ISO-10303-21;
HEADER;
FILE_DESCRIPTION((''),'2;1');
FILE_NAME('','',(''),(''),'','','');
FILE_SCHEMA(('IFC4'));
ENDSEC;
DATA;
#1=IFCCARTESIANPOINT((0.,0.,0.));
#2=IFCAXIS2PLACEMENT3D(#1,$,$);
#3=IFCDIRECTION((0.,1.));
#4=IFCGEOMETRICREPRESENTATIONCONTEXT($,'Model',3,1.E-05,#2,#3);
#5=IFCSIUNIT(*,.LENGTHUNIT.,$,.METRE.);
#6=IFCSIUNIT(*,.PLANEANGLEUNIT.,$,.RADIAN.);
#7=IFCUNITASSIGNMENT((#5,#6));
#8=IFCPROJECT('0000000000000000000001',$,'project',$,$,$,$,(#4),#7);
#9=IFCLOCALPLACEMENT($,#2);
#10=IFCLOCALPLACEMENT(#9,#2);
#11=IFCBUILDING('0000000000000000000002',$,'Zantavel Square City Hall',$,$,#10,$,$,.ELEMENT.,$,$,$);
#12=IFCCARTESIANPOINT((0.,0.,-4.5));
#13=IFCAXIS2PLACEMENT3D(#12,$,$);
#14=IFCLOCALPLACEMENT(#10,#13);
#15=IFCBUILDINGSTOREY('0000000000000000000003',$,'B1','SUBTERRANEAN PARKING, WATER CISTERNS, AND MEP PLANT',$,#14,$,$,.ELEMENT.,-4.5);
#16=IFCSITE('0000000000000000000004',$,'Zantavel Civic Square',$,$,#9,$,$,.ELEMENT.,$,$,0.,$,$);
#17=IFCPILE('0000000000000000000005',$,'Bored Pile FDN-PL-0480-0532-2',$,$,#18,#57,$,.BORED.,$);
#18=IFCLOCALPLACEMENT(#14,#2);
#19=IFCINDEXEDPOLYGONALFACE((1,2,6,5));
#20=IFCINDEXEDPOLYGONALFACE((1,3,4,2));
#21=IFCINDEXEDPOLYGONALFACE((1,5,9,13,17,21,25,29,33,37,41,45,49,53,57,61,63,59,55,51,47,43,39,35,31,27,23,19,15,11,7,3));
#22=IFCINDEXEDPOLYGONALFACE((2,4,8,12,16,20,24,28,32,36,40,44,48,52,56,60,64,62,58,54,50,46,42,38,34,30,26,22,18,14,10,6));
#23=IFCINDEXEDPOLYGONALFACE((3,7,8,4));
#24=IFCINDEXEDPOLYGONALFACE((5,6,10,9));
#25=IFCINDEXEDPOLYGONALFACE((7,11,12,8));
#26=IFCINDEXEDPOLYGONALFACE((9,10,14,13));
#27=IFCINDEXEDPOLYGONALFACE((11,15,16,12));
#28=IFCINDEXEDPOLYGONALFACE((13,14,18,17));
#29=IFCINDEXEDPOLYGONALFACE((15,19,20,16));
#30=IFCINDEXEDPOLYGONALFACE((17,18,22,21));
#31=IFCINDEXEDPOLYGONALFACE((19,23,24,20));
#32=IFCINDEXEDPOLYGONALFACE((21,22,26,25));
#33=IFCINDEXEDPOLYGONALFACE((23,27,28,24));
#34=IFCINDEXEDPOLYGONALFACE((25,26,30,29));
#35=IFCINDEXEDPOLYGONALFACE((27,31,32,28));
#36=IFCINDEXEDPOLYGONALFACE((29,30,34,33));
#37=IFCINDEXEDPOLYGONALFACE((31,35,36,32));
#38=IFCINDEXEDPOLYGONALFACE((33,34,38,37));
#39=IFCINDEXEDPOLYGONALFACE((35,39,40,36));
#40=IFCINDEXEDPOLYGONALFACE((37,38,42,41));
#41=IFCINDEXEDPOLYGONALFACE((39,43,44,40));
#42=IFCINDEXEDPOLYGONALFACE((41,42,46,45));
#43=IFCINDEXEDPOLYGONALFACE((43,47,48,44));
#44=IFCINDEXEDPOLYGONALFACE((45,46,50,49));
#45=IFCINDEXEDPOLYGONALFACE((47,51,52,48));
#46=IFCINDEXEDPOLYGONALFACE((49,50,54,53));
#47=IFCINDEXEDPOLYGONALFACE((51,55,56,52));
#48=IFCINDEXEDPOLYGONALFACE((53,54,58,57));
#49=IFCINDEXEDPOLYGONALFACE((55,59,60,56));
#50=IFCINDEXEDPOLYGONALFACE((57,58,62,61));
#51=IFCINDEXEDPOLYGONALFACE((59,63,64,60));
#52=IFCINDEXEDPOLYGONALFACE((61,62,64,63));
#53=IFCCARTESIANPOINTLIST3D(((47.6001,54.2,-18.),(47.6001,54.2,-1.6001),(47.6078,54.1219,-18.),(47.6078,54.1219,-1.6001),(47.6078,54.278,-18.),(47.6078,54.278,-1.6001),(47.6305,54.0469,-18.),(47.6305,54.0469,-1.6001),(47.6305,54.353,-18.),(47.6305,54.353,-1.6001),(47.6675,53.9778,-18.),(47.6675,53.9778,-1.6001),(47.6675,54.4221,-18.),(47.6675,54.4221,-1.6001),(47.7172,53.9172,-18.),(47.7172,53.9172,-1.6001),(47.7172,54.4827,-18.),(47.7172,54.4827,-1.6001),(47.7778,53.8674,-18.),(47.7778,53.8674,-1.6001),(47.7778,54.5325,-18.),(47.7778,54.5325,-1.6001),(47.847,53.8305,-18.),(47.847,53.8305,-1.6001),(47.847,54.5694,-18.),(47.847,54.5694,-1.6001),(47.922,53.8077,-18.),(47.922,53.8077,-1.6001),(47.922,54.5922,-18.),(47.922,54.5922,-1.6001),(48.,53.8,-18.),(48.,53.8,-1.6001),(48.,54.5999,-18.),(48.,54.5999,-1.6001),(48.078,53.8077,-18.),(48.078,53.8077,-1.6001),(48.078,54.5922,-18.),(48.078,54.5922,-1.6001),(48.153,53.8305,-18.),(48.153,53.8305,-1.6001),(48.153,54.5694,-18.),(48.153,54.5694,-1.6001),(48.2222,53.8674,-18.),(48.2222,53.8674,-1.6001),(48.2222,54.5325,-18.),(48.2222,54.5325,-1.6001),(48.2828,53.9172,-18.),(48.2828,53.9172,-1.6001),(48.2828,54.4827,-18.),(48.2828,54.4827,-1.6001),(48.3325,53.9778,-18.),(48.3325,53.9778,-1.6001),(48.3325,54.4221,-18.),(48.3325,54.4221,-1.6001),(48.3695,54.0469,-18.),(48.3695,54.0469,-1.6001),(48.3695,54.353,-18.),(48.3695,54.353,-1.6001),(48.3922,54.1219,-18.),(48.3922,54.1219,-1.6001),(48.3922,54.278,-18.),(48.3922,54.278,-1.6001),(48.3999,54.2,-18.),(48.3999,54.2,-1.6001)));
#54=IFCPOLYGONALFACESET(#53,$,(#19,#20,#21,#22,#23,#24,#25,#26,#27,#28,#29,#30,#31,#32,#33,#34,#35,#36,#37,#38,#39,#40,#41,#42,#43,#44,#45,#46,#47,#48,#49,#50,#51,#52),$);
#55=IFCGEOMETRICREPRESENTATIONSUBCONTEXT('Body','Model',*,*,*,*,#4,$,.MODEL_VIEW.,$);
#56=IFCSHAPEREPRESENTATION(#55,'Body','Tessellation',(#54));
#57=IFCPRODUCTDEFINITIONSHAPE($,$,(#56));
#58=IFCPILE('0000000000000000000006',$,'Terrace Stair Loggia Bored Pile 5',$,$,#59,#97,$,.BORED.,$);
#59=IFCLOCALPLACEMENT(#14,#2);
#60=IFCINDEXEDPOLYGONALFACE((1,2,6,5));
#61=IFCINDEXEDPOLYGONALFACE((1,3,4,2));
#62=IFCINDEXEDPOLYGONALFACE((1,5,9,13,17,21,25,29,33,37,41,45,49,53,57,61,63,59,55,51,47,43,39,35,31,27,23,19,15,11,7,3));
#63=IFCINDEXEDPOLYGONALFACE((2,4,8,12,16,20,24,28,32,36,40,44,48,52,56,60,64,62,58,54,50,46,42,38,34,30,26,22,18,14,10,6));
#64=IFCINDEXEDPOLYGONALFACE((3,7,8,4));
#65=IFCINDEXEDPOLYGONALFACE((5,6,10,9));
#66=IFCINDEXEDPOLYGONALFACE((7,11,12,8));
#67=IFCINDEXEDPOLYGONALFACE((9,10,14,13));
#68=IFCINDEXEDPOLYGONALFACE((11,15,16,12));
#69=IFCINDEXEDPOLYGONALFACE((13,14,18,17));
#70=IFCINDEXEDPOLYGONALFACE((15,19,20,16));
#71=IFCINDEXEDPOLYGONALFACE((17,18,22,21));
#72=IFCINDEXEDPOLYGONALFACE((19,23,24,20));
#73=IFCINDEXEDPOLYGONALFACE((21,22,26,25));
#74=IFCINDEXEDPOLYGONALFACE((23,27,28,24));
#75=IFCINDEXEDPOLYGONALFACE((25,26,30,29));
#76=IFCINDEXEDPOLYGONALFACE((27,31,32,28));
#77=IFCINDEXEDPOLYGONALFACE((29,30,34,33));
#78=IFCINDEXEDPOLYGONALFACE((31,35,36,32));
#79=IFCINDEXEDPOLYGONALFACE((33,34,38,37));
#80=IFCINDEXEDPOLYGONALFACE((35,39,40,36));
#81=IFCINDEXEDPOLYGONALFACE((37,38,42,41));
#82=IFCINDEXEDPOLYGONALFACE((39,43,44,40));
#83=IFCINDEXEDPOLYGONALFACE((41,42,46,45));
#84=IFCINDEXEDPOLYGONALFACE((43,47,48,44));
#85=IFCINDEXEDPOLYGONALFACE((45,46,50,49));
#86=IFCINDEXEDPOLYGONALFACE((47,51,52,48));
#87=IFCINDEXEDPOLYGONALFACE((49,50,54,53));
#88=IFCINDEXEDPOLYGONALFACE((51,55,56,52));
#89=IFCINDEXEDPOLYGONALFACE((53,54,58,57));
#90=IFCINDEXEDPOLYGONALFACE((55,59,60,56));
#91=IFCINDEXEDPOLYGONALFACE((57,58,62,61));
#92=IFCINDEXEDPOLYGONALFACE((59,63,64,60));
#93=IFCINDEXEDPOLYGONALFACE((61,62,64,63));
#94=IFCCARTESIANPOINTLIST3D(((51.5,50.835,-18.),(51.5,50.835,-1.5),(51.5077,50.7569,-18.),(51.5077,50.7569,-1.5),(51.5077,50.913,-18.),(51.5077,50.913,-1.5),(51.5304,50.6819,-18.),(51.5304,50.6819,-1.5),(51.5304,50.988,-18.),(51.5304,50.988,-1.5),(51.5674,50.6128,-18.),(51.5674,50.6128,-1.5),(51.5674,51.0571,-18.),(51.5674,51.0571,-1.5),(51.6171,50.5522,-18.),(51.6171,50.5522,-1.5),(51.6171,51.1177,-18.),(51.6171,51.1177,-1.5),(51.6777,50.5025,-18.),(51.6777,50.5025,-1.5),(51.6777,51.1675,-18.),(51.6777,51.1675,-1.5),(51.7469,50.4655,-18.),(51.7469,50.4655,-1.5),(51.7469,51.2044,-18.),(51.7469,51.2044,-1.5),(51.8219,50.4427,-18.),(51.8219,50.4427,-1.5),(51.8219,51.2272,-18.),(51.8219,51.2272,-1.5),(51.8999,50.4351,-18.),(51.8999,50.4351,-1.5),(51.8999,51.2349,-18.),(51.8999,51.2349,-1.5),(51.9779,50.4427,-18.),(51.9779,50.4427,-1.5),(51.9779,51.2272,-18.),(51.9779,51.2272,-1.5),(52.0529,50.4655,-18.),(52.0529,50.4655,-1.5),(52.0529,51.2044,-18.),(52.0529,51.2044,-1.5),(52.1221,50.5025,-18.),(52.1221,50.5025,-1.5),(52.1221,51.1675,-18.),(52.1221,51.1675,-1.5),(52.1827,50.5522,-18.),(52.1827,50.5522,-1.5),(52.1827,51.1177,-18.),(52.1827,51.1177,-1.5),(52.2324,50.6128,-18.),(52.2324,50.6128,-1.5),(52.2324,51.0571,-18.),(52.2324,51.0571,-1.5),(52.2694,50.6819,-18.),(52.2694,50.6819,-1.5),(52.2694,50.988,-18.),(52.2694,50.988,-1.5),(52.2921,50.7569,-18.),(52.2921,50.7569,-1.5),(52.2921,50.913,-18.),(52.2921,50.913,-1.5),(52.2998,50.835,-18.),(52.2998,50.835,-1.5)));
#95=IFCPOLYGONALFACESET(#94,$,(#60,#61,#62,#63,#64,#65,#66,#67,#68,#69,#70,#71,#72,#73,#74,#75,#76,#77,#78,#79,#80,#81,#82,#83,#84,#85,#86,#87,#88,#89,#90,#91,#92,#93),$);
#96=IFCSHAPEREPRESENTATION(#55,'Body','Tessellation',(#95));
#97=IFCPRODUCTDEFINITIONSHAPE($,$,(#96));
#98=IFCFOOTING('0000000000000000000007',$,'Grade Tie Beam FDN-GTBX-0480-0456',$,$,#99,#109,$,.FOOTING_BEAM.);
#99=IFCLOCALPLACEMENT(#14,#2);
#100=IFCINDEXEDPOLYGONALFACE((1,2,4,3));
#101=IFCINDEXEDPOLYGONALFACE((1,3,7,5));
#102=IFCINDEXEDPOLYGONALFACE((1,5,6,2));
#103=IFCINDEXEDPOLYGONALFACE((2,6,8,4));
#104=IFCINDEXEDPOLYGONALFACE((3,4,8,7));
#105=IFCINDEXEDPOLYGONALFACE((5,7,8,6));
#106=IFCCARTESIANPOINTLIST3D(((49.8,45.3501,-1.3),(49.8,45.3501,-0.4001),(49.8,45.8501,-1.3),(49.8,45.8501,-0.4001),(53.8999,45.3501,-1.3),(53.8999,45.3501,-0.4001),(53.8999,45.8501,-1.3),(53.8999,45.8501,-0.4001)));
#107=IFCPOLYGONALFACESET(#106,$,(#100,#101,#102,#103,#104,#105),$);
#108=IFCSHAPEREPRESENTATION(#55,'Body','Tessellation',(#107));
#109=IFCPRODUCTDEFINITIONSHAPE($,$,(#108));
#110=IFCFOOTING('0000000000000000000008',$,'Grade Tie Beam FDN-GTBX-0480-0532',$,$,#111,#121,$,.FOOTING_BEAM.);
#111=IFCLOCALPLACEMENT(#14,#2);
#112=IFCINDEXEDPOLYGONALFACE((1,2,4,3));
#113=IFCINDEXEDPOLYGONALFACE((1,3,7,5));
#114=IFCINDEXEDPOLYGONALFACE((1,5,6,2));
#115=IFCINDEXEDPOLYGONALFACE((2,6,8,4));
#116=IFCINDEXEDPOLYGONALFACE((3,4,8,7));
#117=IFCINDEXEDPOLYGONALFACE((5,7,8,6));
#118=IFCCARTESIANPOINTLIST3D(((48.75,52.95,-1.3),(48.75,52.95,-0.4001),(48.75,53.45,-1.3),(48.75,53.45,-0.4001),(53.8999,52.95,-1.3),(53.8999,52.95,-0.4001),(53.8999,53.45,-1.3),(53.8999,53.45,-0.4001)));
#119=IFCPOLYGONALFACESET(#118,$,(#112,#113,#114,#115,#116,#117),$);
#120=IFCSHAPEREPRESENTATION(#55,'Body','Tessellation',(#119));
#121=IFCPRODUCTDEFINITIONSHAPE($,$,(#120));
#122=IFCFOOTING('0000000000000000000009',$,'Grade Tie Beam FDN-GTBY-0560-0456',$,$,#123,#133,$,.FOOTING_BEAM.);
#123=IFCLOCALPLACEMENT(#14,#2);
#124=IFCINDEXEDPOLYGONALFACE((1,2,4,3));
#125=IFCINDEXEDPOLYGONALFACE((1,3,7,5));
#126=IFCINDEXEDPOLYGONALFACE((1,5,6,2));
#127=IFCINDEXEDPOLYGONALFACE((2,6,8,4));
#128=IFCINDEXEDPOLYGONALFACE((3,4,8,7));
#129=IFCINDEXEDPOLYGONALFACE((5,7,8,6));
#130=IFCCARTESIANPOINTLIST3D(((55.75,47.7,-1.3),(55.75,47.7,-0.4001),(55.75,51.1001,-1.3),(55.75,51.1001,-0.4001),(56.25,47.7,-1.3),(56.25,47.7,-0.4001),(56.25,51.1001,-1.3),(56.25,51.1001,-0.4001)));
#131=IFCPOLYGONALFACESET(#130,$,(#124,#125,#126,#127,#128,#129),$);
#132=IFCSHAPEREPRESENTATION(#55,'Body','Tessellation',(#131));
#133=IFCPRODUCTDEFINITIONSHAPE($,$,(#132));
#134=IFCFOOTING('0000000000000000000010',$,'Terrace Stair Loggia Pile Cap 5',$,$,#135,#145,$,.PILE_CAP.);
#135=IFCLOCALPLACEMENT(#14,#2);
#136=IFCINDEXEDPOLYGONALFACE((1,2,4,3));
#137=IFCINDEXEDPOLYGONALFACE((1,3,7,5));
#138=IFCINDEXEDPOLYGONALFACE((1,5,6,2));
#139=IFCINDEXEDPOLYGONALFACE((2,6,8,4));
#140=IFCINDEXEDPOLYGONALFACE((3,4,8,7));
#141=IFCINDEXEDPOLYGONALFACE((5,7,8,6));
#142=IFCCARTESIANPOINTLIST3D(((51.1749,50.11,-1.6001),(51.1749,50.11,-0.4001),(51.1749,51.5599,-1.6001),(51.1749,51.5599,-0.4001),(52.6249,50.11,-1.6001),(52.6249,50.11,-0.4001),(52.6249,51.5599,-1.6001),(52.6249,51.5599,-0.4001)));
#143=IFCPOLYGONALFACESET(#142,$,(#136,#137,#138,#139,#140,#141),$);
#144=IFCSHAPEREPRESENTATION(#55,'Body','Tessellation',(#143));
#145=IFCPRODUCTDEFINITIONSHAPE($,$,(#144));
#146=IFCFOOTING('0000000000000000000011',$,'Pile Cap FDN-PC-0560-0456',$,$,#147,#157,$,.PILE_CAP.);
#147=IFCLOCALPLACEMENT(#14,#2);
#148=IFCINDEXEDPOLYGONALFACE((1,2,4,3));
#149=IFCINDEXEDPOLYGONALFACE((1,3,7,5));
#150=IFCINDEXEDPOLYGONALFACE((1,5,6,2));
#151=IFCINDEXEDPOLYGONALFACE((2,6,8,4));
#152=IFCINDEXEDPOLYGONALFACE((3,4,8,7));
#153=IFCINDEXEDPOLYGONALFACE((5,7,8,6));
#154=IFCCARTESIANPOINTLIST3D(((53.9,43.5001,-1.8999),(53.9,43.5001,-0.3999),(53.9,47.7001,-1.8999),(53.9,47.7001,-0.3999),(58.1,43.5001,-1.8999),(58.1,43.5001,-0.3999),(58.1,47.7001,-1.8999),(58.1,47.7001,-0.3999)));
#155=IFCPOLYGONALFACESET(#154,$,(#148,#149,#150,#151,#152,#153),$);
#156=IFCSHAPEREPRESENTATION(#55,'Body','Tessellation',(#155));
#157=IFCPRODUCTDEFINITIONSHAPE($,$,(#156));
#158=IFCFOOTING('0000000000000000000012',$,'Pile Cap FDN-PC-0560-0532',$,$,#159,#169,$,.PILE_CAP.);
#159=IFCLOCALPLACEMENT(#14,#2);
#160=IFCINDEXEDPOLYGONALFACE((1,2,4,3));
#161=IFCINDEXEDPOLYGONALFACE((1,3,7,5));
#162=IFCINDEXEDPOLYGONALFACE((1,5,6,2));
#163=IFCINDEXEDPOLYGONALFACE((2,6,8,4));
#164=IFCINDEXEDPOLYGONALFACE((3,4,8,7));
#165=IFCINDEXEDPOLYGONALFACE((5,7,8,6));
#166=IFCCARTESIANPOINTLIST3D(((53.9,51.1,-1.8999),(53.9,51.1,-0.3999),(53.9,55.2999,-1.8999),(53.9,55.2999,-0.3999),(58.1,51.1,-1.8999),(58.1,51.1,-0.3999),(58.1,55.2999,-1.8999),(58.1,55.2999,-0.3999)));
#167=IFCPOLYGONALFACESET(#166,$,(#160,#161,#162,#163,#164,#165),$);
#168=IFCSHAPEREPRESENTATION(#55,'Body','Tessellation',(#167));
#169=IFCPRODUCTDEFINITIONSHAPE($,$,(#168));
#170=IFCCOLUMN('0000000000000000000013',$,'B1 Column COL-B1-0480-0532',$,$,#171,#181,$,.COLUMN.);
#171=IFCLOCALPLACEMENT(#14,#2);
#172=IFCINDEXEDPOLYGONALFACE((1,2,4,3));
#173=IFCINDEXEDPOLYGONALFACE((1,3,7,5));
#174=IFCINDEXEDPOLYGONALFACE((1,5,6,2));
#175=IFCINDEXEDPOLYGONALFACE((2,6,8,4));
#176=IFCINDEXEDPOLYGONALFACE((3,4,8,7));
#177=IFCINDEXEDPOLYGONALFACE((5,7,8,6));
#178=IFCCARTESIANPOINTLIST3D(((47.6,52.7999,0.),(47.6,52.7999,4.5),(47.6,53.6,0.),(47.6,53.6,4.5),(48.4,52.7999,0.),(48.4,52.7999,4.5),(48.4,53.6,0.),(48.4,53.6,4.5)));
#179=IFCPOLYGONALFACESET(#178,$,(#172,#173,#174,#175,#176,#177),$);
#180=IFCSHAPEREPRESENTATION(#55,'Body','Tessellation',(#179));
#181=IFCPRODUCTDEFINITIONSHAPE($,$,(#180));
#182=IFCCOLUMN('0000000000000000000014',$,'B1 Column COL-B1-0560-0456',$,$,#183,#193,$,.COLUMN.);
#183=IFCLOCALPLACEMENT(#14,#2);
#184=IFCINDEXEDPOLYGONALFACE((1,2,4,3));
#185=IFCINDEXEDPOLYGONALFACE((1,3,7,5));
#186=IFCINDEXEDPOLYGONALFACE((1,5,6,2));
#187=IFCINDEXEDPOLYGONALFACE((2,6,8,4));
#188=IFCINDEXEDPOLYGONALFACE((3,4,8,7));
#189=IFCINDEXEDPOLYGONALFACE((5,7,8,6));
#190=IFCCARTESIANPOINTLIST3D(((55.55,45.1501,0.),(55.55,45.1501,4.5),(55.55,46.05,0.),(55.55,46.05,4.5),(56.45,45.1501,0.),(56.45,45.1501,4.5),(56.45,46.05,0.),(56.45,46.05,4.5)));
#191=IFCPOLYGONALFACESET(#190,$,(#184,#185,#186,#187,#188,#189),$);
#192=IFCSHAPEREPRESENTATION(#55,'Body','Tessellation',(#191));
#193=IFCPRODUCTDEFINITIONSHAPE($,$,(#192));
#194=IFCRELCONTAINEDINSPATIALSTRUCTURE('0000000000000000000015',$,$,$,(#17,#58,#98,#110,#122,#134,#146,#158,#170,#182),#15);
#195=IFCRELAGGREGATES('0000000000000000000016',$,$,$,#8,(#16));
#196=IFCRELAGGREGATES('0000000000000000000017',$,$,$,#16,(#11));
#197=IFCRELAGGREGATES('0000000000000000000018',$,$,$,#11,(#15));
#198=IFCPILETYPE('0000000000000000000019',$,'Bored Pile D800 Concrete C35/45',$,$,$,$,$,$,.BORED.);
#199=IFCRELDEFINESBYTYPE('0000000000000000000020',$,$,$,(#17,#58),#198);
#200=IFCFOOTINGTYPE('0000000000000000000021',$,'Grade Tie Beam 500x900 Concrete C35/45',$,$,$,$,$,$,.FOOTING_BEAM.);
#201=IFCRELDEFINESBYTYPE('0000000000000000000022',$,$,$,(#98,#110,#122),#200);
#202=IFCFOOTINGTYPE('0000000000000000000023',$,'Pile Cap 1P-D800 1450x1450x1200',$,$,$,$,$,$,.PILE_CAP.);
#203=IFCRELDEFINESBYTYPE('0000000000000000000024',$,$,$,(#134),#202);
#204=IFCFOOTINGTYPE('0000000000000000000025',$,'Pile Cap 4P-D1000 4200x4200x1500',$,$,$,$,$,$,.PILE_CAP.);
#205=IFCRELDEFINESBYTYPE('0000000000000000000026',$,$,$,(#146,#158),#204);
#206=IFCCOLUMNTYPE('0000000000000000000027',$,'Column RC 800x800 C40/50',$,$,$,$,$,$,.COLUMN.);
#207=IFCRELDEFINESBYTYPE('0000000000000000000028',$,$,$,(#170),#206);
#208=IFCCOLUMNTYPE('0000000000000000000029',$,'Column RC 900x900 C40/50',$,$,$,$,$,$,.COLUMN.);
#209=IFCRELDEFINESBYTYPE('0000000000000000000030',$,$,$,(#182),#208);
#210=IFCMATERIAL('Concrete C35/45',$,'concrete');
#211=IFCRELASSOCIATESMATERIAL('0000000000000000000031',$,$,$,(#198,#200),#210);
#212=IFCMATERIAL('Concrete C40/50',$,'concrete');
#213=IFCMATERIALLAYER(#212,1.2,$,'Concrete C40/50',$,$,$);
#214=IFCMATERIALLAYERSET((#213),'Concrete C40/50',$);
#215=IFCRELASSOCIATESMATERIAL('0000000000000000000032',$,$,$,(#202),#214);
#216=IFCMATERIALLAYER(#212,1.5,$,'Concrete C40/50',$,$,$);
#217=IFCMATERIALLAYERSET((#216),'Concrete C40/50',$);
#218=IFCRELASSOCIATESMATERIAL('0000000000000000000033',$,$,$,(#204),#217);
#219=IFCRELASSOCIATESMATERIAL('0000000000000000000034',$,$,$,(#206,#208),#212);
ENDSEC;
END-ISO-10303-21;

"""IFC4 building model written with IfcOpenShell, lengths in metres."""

from ifc_helpers import new_model, si_unit, direction, frame, origin, origin_2d, place, context, subcontext, project, spatial, rectangle, circle, extrude, material, layer, layer_set, material_profile, profile_set, type_object, element, save


model = new_model("IFC4")

# Units and contexts
model_context = context("Model", 3, precision=1e-05, world=origin(), true_north=direction((0.0, 1.0)))
body_context = subcontext(model_context, "Body", "Model", "MODEL_VIEW")
ifc_project = project(units=[si_unit("LENGTHUNIT", "METRE"), si_unit("PLANEANGLEUNIT", "RADIAN")], contexts=[model_context])

# Site, building, storey
site_placement = place(None, origin())
site = spatial("IfcSite", under=ifc_project, at=site_placement, Name="Zantavel Civic Square", CompositionType="ELEMENT", RefElevation=0.0)
building_placement = place(site_placement, origin())
building = spatial("IfcBuilding", under=site, at=building_placement, Name="Zantavel Square City Hall", CompositionType="ELEMENT")
storey_placement = place(building_placement, frame((0.0, 0.0, -4.5)))
storey = spatial("IfcBuildingStorey", under=building, at=storey_placement, Name="B1", Description="SUBTERRANEAN PARKING, WATER CISTERNS, AND MEP PLANT", CompositionType="ELEMENT", Elevation=-4.5)

# Piles
ifc_material_1 = material(Name="Concrete C35/45", Category="concrete")
ifc_material_profile_1 = material_profile(ifc_material_1, circle(Radius=0.3999, at=origin_2d()), Name="PILE D800")
ifc_profile_set_1 = profile_set([ifc_material_profile_1], Name="Concrete C35/45")
pile_type_1 = type_object("IfcPileType", Name="Bored Pile D800 Concrete C35/45", PredefinedType="BORED", material=ifc_profile_set_1)
for number, where, z_axis, x_axis, name in (
    (1, (48.0, 54.2, -1.6001), (0.0, 0.0, -1.0), (1.0, 0.0, 0.0), "Bored Pile FDN-PL-0480-0532-2"),
):
    element("IfcPile", number, at=place(storey_placement, frame(where, z_axis=z_axis, x_axis=x_axis)), inside=storey, type_object=pile_type_1, Name=name, PredefinedType="BORED", context=body_context, shape_type="SweptSolid", body=[
        extrude(circle(Radius=0.3999, at=origin_2d()), origin(), (0.0, 0.0, 1.0), 16.3999),
    ])
pile_placement = place(storey_placement, frame((51.8999, 50.835, -1.5), z_axis=(0.0, 0.0, -1.0), x_axis=(1.0, 0.0, 0.0)))
element("IfcPile", 2, at=pile_placement, inside=storey, type_object=pile_type_1, Name="Terrace Stair Loggia Bored Pile 5", PredefinedType="BORED", context=body_context, shape_type="SweptSolid", body=[
    extrude(circle(Radius=0.3999, at=origin_2d()), origin(), (0.0, 0.0, 1.0), 16.5),
])

# Footings
ifc_material_profile_2 = material_profile(ifc_material_1, rectangle(XDim=0.5, YDim=0.8999, at=origin_2d()), Name="RC 500x900")
ifc_profile_set_2 = profile_set([ifc_material_profile_2], Name="Concrete C35/45")
footing_type_1 = type_object("IfcFootingType", Name="Grade Tie Beam 500x900 Concrete C35/45", PredefinedType="FOOTING_BEAM", material=ifc_profile_set_2)
footing_1_placement = place(storey_placement, frame((49.8, 45.6001, -0.8501), z_axis=(1.0, 0.0, 0.0), x_axis=(0.0, 1.0, 0.0)))
element("IfcFooting", 3, at=footing_1_placement, inside=storey, type_object=footing_type_1, Name="Grade Tie Beam FDN-GTBX-0480-0456", PredefinedType="FOOTING_BEAM", context=body_context, shape_type="SweptSolid", body=[
    extrude(rectangle(XDim=0.5, YDim=0.8999, at=origin_2d()), origin(), (0.0, 0.0, 1.0), 4.0999),
])
footing_2_placement = place(storey_placement, frame((48.75, 53.2, -0.8501), z_axis=(1.0, 0.0, 0.0), x_axis=(0.0, 1.0, 0.0)))
element("IfcFooting", 4, at=footing_2_placement, inside=storey, type_object=footing_type_1, Name="Grade Tie Beam FDN-GTBX-0480-0532", PredefinedType="FOOTING_BEAM", context=body_context, shape_type="SweptSolid", body=[
    extrude(rectangle(XDim=0.5, YDim=0.8999, at=origin_2d()), origin(), (0.0, 0.0, 1.0), 5.1499),
])
footing_3_placement = place(storey_placement, frame((56.0, 47.7, -0.8501), z_axis=(0.0, 1.0, 0.0), x_axis=(-1.0, 0.0, 0.0)))
element("IfcFooting", 5, at=footing_3_placement, inside=storey, type_object=footing_type_1, Name="Grade Tie Beam FDN-GTBY-0560-0456", PredefinedType="FOOTING_BEAM", context=body_context, shape_type="SweptSolid", body=[
    extrude(rectangle(XDim=0.5, YDim=0.8999, at=origin_2d()), origin(), (0.0, 0.0, 1.0), 3.4001),
])
ifc_material_2 = material(Name="Concrete C40/50", Category="concrete")
ifc_layer_1 = layer(ifc_material_2, 1.2, Name="Concrete C40/50")
ifc_layer_set_1 = layer_set([ifc_layer_1], Name="Concrete C40/50")
footing_type_2 = type_object("IfcFootingType", Name="Pile Cap 1P-D800 1450x1450x1200", PredefinedType="PILE_CAP", material=ifc_layer_set_1)
footing_4_placement = place(storey_placement, frame((51.8999, 50.835, -1.6001), z_axis=(0.0, 0.0, 1.0), x_axis=(1.0, 0.0, 0.0)))
element("IfcFooting", 6, at=footing_4_placement, inside=storey, type_object=footing_type_2, Name="Terrace Stair Loggia Pile Cap 5", PredefinedType="PILE_CAP", context=body_context, shape_type="SweptSolid", body=[
    extrude(rectangle(XDim=1.45, YDim=1.45, at=origin_2d()), origin(), (0.0, 0.0, 1.0), 1.2),
])
ifc_layer_2 = layer(ifc_material_2, 1.5, Name="Concrete C40/50")
ifc_layer_set_2 = layer_set([ifc_layer_2], Name="Concrete C40/50")
footing_type_3 = type_object("IfcFootingType", Name="Pile Cap 4P-D1000 4200x4200x1500", PredefinedType="PILE_CAP", material=ifc_layer_set_2)
for number, where, z_axis, x_axis, name in (
    (7, (56.0, 45.6001, -1.8999), (0.0, 0.0, 1.0), (1.0, 0.0, 0.0), "Pile Cap FDN-PC-0560-0456"),
    (8, (56.0, 53.2, -1.8999), (0.0, 0.0, 1.0), (1.0, 0.0, 0.0), "Pile Cap FDN-PC-0560-0532"),
):
    element("IfcFooting", number, at=place(storey_placement, frame(where, z_axis=z_axis, x_axis=x_axis)), inside=storey, type_object=footing_type_3, Name=name, PredefinedType="PILE_CAP", context=body_context, shape_type="SweptSolid", body=[
        extrude(rectangle(XDim=4.2, YDim=4.2, at=origin_2d()), origin(), (0.0, 0.0, 1.0), 1.5),
    ])

# Columns
ifc_material_profile_3 = material_profile(ifc_material_2, rectangle(XDim=0.8, YDim=0.8, at=origin_2d()), Name="RC 800x800")
ifc_profile_set_3 = profile_set([ifc_material_profile_3], Name="Concrete C40/50")
column_type_1 = type_object("IfcColumnType", Name="Column RC 800x800 C40/50", PredefinedType="COLUMN", material=ifc_profile_set_3)
column_1_placement = place(storey_placement, frame((48.0, 53.2, 0.0), z_axis=(0.0, 0.0, 1.0), x_axis=(1.0, 0.0, 0.0)))
element("IfcColumn", 9, at=column_1_placement, inside=storey, type_object=column_type_1, Name="B1 Column COL-B1-0480-0532", PredefinedType="COLUMN", context=body_context, shape_type="SweptSolid", body=[
    extrude(rectangle(XDim=0.8, YDim=0.8, at=origin_2d()), origin(), (0.0, 0.0, 1.0), 4.5),
])
ifc_material_profile_4 = material_profile(ifc_material_2, rectangle(XDim=0.8999, YDim=0.8999, at=origin_2d()), Name="RC 900x900")
ifc_profile_set_4 = profile_set([ifc_material_profile_4], Name="Concrete C40/50")
column_type_2 = type_object("IfcColumnType", Name="Column RC 900x900 C40/50", PredefinedType="COLUMN", material=ifc_profile_set_4)
column_2_placement = place(storey_placement, frame((56.0, 45.6001, 0.0), z_axis=(0.0, 0.0, 1.0), x_axis=(1.0, 0.0, 0.0)))
element("IfcColumn", 10, at=column_2_placement, inside=storey, type_object=column_type_2, Name="B1 Column COL-B1-0560-0456", PredefinedType="COLUMN", context=body_context, shape_type="SweptSolid", body=[
    extrude(rectangle(XDim=0.8999, YDim=0.8999, at=origin_2d()), origin(), (0.0, 0.0, 1.0), 4.5),
])

save(model, "model.ifc")
